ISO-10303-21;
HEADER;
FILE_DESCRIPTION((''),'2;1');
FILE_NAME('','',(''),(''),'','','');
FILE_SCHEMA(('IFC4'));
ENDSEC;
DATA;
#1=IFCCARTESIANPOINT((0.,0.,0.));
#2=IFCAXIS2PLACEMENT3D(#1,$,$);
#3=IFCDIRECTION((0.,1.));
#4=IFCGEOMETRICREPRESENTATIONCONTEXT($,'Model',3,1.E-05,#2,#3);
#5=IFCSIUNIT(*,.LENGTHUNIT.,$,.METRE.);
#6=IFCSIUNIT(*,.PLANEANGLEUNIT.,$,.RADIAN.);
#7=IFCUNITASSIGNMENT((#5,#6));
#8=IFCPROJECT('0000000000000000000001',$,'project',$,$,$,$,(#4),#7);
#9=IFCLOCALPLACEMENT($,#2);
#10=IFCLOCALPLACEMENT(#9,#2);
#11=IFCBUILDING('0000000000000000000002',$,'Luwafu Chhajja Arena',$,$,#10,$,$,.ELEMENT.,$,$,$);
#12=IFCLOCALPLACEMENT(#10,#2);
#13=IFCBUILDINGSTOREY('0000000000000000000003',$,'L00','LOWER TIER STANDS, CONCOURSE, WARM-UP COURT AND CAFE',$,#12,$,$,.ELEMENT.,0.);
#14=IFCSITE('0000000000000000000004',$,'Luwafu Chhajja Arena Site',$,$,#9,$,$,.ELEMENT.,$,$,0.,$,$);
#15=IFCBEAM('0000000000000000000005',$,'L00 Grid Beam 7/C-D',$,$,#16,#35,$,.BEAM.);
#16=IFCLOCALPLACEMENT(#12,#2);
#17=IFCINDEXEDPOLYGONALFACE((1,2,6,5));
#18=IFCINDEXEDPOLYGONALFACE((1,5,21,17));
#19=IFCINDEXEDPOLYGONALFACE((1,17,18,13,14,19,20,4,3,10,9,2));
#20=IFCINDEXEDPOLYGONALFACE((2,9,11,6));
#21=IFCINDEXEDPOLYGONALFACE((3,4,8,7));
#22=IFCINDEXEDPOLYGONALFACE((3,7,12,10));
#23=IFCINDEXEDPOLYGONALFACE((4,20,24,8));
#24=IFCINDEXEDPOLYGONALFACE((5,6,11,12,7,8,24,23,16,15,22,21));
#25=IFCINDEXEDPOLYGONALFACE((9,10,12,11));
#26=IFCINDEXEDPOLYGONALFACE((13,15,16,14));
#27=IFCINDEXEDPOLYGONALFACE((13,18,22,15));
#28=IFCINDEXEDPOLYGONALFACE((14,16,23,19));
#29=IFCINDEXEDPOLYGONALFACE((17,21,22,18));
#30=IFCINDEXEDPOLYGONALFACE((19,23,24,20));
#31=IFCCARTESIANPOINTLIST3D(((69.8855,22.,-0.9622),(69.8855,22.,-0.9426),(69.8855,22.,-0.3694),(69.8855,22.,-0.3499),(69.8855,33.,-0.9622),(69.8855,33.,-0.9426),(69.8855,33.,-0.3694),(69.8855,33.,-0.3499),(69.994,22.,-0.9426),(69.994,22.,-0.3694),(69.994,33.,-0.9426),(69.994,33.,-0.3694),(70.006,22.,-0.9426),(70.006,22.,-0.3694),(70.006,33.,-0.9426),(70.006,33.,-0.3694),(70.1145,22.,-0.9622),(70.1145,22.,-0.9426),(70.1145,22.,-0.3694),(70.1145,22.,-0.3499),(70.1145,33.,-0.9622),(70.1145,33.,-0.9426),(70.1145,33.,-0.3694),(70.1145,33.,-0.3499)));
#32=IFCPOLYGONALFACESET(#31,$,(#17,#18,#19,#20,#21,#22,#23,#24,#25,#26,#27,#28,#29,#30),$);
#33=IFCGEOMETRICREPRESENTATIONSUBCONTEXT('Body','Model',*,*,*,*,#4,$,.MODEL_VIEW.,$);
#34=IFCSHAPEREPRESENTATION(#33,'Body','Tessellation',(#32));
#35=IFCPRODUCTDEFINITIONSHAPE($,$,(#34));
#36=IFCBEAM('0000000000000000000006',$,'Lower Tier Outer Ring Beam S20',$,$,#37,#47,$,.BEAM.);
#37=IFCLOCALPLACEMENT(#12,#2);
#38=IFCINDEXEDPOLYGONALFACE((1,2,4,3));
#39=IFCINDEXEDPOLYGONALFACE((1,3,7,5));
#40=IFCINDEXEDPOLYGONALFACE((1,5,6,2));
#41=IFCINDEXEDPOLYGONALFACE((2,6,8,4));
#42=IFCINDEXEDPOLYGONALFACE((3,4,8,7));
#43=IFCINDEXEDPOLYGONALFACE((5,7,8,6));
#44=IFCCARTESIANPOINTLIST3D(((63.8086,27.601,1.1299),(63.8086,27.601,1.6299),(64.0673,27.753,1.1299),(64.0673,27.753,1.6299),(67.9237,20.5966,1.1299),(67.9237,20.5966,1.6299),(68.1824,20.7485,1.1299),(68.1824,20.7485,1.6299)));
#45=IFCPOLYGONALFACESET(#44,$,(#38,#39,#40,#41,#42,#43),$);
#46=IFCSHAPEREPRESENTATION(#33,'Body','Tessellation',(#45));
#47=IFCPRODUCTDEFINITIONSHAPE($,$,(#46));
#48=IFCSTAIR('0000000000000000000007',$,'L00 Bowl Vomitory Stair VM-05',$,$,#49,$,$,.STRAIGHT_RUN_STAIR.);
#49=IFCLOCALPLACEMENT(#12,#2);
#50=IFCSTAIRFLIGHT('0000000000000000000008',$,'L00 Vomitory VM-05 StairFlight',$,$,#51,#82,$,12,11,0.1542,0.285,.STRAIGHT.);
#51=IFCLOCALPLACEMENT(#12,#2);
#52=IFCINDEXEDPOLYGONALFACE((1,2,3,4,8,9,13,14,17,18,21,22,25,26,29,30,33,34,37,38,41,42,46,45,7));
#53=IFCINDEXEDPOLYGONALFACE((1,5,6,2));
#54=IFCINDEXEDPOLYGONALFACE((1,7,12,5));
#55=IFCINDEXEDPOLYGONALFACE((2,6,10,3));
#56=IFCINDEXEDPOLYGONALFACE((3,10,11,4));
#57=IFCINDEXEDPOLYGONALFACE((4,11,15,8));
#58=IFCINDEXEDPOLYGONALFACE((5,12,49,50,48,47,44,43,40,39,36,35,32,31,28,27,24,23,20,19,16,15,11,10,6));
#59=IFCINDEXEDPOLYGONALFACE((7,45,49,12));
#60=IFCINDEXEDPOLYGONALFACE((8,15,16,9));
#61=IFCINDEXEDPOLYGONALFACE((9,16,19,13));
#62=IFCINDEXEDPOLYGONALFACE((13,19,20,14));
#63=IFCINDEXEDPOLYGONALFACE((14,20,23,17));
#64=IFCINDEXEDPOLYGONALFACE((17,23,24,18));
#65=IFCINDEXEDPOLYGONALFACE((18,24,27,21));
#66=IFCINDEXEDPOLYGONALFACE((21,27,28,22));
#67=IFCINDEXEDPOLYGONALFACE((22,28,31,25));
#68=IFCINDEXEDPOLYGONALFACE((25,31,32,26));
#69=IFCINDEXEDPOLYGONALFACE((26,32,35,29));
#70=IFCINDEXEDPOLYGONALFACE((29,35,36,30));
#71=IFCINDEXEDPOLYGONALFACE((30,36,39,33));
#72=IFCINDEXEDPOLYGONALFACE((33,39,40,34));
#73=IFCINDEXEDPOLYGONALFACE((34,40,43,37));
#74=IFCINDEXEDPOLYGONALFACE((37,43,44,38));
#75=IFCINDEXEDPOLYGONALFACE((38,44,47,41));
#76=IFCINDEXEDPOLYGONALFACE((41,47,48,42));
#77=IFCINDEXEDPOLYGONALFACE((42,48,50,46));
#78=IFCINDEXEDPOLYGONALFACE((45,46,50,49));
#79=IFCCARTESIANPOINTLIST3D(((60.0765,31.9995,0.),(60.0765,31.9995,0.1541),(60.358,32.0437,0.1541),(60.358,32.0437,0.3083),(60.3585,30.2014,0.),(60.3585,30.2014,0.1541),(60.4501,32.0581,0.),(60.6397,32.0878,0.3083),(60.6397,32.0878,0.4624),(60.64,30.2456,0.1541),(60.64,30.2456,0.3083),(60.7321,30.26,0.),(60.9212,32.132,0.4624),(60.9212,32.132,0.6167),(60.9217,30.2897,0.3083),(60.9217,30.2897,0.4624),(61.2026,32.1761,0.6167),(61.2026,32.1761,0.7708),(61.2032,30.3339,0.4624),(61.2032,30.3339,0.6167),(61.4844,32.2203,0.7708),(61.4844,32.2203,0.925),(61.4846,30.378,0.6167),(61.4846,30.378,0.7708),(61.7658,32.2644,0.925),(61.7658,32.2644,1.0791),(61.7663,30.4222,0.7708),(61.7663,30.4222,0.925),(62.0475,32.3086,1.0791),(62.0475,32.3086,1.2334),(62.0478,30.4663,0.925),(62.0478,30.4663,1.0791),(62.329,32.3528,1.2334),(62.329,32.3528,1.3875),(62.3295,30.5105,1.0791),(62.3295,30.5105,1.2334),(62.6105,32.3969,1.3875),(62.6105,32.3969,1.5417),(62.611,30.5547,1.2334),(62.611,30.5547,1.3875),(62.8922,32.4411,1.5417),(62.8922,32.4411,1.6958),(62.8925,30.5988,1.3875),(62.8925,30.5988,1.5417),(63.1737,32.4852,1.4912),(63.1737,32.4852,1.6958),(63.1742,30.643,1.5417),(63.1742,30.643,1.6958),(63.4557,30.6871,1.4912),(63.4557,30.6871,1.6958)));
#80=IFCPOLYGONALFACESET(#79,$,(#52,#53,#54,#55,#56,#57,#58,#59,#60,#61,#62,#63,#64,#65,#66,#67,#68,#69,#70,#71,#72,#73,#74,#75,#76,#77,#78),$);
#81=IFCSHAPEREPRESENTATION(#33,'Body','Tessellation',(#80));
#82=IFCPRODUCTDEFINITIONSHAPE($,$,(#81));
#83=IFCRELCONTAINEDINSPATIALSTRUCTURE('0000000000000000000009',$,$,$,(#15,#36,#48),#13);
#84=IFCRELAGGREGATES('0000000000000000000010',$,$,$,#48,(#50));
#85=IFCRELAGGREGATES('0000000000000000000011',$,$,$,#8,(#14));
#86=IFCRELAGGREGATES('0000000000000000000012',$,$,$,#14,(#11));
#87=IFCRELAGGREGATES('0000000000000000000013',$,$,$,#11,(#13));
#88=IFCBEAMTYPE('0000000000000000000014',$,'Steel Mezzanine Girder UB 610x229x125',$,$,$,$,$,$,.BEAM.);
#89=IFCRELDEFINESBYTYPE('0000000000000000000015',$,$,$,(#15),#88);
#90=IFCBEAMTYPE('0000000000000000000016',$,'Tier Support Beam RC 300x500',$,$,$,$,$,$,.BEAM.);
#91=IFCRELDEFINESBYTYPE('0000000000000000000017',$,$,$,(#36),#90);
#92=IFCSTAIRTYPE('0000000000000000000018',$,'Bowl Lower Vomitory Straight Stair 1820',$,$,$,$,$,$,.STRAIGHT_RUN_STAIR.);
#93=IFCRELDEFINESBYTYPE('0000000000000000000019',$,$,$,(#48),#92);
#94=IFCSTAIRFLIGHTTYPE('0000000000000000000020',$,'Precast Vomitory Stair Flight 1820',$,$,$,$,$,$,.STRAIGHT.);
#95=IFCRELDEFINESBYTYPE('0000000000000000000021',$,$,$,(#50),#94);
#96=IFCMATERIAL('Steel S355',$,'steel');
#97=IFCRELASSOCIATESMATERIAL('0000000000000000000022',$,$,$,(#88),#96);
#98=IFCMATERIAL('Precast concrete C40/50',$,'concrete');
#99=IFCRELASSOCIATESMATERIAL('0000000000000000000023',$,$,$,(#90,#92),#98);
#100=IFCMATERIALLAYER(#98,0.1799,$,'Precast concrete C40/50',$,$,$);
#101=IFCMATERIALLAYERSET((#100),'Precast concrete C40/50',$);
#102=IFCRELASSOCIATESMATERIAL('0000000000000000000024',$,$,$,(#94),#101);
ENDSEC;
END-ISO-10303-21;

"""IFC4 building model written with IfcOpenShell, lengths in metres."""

from ifc_helpers import new_model, si_unit, direction, frame, origin, origin_2d, place, context, subcontext, project, spatial, polyline, rectangle, i_section, outline, extrude, material, layer, layer_set, material_profile, profile_set, type_object, element, aggregate, save


model = new_model("IFC4")

# Units and contexts
model_context = context("Model", 3, precision=1e-05, world=origin(), true_north=direction((0.0, 1.0)))
body_context = subcontext(model_context, "Body", "Model", "MODEL_VIEW")
ifc_project = project(units=[si_unit("LENGTHUNIT", "METRE"), si_unit("PLANEANGLEUNIT", "RADIAN")], contexts=[model_context])

# Site, building, storey
site_placement = place(None, origin())
site = spatial("IfcSite", under=ifc_project, at=site_placement, Name="Luwafu Chhajja Arena Site", CompositionType="ELEMENT", RefElevation=0.0)
building_placement = place(site_placement, origin())
building = spatial("IfcBuilding", under=site, at=building_placement, Name="Luwafu Chhajja Arena", CompositionType="ELEMENT")
storey_placement = place(building_placement, origin())
storey = spatial("IfcBuildingStorey", under=building, at=storey_placement, Name="L00", Description="LOWER TIER STANDS, CONCOURSE, WARM-UP COURT AND CAFE", CompositionType="ELEMENT", Elevation=0.0)

# Beams
ifc_material_1 = material(Name="Precast concrete C40/50", Category="concrete")
ifc_material_2 = material(Name="Steel S355", Category="steel")
ifc_material_profile_1 = material_profile(ifc_material_2, i_section(OverallWidth=0.229, OverallDepth=0.6123, WebThickness=0.012, FlangeThickness=0.0195, at=origin_2d()), Name="UB 610x229x125")
ifc_profile_set_1 = profile_set([ifc_material_profile_1], Name="Steel S355")
beam_type_1 = type_object("IfcBeamType", Name="Steel Mezzanine Girder UB 610x229x125", PredefinedType="BEAM", material=ifc_profile_set_1)
beam_1_placement = place(storey_placement, frame((70.0, 22.0, -0.656), z_axis=(0.0, 1.0, 0.0), x_axis=(-1.0, 0.0, 0.0)))
element("IfcBeam", 1, at=beam_1_placement, inside=storey, type_object=beam_type_1, Name="L00 Grid Beam 7/C-D", PredefinedType="BEAM", context=body_context, shape_type="SweptSolid", body=[
    extrude(i_section(OverallWidth=0.229, OverallDepth=0.6123, WebThickness=0.012, FlangeThickness=0.0195, at=origin_2d()), origin(), (0.0, 0.0, 1.0), 11.0),
])
ifc_material_profile_2 = material_profile(ifc_material_1, rectangle(XDim=0.3, YDim=0.5, at=origin_2d()), Name="RC 300x500")
ifc_profile_set_2 = profile_set([ifc_material_profile_2], Name="Precast concrete C40/50")
beam_type_2 = type_object("IfcBeamType", Name="Tier Support Beam RC 300x500", PredefinedType="BEAM", material=ifc_profile_set_2)
beam_2_placement = place(storey_placement, frame((63.938, 27.677, 1.3799), z_axis=(0.506541, -0.862216, 0.0), x_axis=(0.862216, 0.506541, 0.0)))
element("IfcBeam", 2, at=beam_2_placement, inside=storey, type_object=beam_type_2, Name="Lower Tier Outer Ring Beam S20", PredefinedType="BEAM", context=body_context, shape_type="SweptSolid", body=[
    extrude(rectangle(XDim=0.3, YDim=0.5, at=origin_2d()), origin(), (0.0, 0.0, 1.0), 8.1238),
])

# Stair, stair flight
stair_type = type_object("IfcStairType", Name="Bowl Lower Vomitory Straight Stair 1820", PredefinedType="STRAIGHT_RUN_STAIR", material=ifc_material_1)
stair_placement = place(storey_placement, origin())
stair = element("IfcStair", 3, at=stair_placement, inside=storey, type_object=stair_type, Name="L00 Bowl Vomitory Stair VM-05", PredefinedType="STRAIGHT_RUN_STAIR")
ifc_layer = layer(ifc_material_1, 0.1799, Name="Precast concrete C40/50")
ifc_layer_set = layer_set([ifc_layer], Name="Precast concrete C40/50")
stair_flight_type = type_object("IfcStairFlightType", Name="Precast Vomitory Stair Flight 1820", PredefinedType="STRAIGHT", material=ifc_layer_set)
stair_flight_placement = place(storey_placement, frame((60.2175, 31.1003, 0.0), z_axis=(0.0, 0.0, 1.0), x_axis=(0.987925, 0.154933, 0.0)))
stair_flight = element("IfcStairFlight", 4, at=stair_flight_placement, type_object=stair_flight_type, Name="L00 Vomitory VM-05 StairFlight", NumberOfRisers=12, NumberOfTreads=11, PredefinedType="STRAIGHT", RiserHeight=0.1542, TreadLength=0.285, context=body_context, shape_type="SweptSolid", body=[
    extrude(outline(polyline([(0.0, 0.0), (0.0, 0.1541), (0.2849, 0.1541), (0.2849, 0.3083), (0.5701, 0.3083), (0.5701, 0.4624), (0.855, 0.4624), (0.855, 0.6167), (1.1399, 0.6167), (1.1399, 0.7708), (1.425, 0.7708), (1.425, 0.925), (1.71, 0.925), (1.71, 1.0791), (1.9951, 1.0791), (1.9951, 1.2334), (2.28, 1.2334), (2.28, 1.3875), (2.5649, 1.3875), (2.5649, 1.5417), (2.8501, 1.5417), (2.8501, 1.6958), (3.135, 1.6958), (3.135, 1.8501), (3.135, 1.4912), (0.3782, 0.0), (0.0, 0.0)])), frame((0.0, 0.9102, 0.0), z_axis=(0.0, -1.0, 0.0), x_axis=(1.0, 0.0, 0.0)), (0.0, 0.0, 1.0), 1.8201),
])
aggregate(stair, [stair_flight])

save(model, "model.ifc")
